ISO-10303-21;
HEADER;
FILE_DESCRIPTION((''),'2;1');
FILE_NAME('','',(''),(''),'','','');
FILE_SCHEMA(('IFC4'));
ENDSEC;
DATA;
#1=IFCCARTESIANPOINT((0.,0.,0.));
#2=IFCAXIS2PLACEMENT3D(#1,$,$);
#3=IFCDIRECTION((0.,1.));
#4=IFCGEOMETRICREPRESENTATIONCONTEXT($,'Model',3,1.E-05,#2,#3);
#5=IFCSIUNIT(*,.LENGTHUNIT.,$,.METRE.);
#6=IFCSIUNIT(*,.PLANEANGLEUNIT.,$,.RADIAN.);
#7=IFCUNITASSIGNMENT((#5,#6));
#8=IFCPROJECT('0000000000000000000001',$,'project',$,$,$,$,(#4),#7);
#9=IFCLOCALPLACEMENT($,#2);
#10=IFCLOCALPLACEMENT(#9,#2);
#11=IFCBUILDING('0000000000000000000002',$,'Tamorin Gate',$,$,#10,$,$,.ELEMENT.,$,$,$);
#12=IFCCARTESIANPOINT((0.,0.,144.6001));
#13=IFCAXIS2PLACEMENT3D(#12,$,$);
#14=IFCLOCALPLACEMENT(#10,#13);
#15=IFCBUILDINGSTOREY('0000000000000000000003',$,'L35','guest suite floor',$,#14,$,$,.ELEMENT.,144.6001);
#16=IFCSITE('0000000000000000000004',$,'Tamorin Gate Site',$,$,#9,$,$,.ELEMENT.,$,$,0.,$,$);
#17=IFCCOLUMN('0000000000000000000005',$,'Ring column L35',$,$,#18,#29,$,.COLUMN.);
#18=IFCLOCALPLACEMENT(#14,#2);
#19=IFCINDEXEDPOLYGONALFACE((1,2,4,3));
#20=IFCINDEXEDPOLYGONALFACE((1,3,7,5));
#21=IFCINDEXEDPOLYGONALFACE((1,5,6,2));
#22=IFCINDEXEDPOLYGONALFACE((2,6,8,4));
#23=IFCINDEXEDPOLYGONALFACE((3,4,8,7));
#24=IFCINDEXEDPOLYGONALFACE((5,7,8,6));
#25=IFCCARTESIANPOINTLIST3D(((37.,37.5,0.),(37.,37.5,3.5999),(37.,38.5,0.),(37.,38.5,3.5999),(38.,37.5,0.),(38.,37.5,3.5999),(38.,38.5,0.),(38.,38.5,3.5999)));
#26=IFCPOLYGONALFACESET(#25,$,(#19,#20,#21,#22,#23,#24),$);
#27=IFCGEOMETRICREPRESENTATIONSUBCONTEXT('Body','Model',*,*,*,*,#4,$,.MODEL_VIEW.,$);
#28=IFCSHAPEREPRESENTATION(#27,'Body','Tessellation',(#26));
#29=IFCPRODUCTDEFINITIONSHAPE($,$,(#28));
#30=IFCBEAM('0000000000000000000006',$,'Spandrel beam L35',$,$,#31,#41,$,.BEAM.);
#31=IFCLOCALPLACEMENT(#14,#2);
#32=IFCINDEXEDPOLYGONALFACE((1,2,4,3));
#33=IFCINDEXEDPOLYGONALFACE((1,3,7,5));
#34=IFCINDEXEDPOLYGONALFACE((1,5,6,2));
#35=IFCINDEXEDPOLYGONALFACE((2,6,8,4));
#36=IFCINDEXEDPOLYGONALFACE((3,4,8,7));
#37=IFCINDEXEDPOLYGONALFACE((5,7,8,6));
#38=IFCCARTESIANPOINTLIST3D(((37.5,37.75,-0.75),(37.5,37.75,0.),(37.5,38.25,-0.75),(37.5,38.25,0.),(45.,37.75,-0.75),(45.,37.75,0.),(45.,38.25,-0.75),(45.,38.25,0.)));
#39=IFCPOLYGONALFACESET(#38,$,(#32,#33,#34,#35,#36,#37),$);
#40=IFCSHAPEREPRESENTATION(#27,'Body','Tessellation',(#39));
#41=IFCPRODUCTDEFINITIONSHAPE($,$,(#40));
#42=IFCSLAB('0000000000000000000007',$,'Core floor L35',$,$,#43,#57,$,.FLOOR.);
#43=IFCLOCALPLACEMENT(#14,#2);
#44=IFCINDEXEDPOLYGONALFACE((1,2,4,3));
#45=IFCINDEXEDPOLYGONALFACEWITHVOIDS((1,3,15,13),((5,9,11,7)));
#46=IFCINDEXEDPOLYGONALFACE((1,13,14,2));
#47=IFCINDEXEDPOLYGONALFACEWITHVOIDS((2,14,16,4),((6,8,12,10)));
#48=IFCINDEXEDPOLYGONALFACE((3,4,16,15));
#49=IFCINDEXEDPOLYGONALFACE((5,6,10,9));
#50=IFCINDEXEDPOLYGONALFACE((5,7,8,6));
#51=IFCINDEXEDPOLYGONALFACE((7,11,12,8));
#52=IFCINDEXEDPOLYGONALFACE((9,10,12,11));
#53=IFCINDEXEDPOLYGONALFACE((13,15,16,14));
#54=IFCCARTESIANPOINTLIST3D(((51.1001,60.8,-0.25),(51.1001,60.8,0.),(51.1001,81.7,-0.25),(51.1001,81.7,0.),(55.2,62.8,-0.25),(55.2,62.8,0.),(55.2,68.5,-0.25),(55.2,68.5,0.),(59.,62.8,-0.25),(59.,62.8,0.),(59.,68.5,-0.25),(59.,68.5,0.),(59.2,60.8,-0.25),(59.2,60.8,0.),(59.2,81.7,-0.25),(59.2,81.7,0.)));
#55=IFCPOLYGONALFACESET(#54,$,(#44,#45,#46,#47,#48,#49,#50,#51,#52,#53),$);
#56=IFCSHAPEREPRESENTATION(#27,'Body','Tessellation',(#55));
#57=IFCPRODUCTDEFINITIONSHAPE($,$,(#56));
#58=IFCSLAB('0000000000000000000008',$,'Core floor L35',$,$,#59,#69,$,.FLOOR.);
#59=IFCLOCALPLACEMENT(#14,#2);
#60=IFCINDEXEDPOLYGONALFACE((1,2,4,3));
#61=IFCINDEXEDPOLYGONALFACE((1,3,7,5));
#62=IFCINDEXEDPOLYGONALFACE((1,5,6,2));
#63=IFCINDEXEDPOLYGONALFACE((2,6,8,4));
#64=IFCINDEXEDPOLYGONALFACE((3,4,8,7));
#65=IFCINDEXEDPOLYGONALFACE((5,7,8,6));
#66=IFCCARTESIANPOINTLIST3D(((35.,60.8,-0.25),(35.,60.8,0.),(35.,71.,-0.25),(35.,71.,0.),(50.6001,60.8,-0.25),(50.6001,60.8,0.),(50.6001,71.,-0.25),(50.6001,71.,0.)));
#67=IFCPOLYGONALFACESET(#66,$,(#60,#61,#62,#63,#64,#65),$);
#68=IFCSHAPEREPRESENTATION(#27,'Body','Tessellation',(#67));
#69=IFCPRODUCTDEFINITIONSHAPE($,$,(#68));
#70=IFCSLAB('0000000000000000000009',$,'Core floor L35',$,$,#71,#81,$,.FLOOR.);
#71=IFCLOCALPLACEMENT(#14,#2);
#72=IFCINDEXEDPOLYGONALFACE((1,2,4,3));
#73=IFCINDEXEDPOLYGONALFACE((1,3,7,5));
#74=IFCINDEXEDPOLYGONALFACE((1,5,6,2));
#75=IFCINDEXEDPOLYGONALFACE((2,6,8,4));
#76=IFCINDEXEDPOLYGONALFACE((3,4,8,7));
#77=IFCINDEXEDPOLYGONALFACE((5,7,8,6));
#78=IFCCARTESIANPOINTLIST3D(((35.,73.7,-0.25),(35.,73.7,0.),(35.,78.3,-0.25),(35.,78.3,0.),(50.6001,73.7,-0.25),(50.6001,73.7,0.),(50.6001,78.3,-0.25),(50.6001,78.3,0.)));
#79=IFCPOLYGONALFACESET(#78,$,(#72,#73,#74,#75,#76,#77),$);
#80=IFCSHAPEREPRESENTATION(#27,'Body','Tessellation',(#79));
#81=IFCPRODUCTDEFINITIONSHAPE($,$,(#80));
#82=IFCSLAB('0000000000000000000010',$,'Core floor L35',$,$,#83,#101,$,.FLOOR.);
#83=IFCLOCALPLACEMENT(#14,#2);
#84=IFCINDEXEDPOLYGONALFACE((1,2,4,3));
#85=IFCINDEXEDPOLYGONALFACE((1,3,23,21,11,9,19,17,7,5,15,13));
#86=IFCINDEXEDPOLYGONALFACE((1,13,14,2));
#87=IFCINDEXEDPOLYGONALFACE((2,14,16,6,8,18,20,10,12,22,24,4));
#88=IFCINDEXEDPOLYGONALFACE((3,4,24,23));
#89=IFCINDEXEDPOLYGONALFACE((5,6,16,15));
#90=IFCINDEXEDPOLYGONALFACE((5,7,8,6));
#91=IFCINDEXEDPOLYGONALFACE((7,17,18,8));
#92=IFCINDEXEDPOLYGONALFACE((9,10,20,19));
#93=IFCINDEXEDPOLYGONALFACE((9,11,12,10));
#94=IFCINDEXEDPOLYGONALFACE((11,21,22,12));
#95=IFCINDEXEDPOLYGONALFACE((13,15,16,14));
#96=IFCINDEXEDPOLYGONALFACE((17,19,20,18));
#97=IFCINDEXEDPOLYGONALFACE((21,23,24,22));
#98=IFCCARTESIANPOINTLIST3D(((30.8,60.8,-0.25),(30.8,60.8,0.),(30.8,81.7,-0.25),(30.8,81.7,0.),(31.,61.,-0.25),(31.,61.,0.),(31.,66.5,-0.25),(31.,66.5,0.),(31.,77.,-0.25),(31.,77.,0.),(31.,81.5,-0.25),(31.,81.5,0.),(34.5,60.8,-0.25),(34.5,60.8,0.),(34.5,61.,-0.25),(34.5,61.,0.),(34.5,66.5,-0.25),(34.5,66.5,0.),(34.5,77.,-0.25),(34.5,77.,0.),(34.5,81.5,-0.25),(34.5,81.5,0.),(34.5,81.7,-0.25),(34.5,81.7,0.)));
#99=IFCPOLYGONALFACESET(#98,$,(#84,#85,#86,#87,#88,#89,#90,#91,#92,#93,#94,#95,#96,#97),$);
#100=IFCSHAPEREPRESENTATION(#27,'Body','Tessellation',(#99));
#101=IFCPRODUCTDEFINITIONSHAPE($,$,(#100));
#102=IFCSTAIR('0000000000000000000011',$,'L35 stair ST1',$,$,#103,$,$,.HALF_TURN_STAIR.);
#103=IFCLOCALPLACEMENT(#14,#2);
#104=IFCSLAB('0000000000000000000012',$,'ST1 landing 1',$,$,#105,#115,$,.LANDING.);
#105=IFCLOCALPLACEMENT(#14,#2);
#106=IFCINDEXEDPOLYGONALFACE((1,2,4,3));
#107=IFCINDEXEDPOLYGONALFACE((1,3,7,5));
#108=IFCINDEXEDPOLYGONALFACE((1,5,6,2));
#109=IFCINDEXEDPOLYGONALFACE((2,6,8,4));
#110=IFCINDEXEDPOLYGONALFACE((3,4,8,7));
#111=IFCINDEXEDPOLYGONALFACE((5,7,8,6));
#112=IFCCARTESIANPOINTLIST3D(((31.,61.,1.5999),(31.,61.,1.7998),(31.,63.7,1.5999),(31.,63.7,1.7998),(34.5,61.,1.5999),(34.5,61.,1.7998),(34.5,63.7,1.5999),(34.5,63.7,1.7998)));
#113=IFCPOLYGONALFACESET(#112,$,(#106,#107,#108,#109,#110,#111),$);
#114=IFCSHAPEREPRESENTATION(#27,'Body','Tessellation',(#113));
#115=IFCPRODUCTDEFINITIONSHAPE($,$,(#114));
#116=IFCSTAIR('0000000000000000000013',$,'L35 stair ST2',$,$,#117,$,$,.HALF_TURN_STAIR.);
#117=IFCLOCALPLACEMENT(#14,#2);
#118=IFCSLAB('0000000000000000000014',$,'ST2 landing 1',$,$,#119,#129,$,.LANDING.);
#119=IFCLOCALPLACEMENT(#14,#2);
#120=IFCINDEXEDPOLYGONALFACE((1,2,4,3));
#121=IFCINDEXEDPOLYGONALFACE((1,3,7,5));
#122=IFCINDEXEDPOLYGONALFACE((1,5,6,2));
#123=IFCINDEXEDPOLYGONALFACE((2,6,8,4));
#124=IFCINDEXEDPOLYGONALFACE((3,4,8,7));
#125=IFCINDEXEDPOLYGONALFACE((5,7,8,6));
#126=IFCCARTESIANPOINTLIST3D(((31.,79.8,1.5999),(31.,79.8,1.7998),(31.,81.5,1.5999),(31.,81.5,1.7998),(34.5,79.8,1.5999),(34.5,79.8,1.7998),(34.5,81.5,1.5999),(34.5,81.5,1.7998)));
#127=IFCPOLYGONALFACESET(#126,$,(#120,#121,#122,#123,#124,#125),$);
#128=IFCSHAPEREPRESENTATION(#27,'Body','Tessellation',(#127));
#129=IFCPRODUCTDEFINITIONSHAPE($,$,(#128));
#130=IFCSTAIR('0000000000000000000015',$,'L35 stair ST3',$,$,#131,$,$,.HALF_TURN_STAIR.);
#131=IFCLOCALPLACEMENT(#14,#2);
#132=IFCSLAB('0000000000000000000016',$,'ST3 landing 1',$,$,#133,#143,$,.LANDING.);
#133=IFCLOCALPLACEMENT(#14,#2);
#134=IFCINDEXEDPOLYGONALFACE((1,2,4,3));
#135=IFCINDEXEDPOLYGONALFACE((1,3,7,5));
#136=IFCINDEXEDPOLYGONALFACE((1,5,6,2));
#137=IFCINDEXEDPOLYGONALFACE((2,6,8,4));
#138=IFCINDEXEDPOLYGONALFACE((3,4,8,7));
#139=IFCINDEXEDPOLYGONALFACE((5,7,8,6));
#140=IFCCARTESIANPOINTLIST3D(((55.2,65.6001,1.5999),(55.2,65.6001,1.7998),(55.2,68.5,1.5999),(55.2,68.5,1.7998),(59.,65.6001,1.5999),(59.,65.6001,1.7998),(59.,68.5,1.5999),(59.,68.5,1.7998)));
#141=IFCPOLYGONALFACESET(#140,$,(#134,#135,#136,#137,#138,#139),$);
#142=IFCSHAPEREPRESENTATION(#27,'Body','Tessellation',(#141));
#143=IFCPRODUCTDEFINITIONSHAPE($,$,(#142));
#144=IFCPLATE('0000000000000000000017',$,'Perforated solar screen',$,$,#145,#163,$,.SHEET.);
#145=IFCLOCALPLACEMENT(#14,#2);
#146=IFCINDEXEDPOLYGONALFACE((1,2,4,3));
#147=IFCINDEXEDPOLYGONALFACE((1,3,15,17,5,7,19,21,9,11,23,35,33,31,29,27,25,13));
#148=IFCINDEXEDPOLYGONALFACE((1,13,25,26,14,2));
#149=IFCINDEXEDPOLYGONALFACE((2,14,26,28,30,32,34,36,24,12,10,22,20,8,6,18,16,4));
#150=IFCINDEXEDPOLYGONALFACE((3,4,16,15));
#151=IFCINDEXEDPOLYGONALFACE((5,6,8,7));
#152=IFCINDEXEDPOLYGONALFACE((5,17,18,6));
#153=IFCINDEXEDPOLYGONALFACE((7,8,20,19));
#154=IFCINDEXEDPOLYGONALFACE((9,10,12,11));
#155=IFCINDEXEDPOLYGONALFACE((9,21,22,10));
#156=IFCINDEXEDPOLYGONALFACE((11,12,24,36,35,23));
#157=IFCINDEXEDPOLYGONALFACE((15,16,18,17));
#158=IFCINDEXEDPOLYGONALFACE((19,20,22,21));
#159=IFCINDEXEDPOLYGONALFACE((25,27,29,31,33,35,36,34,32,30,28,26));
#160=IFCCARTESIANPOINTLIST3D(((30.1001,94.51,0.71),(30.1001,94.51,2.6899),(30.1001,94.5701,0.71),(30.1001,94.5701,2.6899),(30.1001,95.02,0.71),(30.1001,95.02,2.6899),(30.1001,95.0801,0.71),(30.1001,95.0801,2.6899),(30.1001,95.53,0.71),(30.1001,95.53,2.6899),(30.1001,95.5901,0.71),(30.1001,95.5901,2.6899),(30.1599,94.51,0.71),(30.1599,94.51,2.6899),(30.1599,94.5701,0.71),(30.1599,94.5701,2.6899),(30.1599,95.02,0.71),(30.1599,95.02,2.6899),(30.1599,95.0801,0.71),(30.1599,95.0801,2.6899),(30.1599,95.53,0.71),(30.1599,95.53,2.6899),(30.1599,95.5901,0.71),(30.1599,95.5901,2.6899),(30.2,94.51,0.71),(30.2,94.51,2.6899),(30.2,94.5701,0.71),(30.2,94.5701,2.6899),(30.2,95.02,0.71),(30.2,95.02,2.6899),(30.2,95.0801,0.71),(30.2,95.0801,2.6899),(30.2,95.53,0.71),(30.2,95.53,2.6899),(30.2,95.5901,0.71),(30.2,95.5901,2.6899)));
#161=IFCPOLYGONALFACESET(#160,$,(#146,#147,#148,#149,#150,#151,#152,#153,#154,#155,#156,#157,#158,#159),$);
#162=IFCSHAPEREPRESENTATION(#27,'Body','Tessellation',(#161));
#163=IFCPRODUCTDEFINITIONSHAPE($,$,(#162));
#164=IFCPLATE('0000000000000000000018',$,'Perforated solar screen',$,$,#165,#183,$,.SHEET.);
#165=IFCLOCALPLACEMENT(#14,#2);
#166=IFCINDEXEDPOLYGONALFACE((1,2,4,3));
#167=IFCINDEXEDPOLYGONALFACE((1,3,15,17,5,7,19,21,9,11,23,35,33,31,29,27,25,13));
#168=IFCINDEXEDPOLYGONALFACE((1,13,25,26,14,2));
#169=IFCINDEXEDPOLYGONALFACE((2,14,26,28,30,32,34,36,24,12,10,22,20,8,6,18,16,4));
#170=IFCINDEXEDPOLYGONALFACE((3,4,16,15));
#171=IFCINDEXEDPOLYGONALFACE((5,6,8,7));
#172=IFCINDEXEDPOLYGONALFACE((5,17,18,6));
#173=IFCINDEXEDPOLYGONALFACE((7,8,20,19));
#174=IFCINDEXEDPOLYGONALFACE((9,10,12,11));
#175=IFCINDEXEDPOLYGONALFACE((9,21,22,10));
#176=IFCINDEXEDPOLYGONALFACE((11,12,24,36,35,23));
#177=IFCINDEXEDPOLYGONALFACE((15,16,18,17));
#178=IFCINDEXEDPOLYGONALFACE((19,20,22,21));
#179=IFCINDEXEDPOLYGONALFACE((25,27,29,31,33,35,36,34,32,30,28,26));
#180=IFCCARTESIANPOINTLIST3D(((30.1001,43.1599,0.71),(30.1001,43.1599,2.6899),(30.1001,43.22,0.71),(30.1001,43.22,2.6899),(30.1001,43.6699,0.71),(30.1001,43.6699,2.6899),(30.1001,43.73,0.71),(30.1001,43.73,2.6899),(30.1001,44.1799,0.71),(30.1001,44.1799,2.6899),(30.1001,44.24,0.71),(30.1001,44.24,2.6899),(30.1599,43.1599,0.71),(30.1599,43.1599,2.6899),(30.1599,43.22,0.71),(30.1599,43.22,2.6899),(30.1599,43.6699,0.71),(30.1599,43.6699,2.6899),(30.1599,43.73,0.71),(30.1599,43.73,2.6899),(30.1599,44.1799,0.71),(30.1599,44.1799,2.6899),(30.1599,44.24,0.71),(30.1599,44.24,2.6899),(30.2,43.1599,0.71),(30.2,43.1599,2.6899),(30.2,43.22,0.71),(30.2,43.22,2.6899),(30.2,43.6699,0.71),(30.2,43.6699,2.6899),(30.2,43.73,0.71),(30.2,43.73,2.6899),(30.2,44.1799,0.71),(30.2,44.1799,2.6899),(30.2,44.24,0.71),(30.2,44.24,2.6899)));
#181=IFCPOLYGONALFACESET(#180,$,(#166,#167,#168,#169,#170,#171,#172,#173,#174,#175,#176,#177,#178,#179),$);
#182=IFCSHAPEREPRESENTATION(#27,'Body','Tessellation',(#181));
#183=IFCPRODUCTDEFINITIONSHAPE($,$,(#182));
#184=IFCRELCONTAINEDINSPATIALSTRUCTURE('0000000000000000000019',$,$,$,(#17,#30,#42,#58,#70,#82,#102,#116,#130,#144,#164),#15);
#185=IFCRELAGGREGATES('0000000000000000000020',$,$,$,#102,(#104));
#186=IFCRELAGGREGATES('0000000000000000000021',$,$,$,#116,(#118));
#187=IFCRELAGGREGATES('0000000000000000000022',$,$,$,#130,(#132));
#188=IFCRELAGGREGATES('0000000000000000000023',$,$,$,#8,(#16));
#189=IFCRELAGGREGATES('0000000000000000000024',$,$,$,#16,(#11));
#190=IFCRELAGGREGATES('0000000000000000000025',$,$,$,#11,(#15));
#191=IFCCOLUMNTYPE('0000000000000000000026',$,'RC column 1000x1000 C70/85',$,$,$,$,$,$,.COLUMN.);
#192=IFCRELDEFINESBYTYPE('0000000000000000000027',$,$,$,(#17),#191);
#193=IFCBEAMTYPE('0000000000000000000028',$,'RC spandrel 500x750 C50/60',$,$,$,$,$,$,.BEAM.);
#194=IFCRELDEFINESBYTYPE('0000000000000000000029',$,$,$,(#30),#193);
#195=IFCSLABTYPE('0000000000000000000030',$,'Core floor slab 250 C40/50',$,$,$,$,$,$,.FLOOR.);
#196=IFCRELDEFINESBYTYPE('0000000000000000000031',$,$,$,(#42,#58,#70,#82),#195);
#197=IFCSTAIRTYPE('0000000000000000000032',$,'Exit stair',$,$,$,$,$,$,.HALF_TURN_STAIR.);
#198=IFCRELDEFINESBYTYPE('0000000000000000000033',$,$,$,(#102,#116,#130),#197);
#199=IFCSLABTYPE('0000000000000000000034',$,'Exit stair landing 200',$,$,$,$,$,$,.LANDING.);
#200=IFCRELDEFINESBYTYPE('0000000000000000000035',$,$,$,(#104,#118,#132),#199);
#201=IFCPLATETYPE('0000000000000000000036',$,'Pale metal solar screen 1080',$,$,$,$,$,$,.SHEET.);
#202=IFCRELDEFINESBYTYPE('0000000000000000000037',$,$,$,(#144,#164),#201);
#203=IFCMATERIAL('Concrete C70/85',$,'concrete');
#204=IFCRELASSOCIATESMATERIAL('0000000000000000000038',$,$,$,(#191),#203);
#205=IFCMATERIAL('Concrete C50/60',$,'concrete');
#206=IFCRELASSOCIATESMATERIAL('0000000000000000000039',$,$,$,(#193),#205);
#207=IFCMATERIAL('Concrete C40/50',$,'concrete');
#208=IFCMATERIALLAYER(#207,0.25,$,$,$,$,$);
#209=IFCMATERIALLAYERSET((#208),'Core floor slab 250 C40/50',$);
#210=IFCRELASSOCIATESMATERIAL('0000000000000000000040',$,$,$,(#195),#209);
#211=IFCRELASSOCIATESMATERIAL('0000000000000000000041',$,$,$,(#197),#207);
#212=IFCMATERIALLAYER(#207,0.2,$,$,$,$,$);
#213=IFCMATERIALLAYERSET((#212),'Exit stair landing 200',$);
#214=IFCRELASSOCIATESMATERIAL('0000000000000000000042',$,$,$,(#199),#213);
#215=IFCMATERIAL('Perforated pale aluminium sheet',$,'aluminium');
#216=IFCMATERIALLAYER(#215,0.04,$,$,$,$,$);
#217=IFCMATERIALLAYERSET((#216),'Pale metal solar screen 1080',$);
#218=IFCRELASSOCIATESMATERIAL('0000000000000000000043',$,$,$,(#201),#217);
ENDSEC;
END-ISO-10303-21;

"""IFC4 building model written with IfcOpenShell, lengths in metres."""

from ifc_helpers import new_model, si_unit, direction, frame, origin, origin_2d, place, context, subcontext, project, spatial, polyline, rectangle, outline, extrude, material, layer, layer_set, material_profile, profile_set, type_object, element, aggregate, save


model = new_model("IFC4")

# Units and contexts
model_context = context("Model", 3, precision=1e-05, world=origin(), true_north=direction((0.0, 1.0)))
body_context = subcontext(model_context, "Body", "Model", "MODEL_VIEW")
ifc_project = project(units=[si_unit("LENGTHUNIT", "METRE"), si_unit("PLANEANGLEUNIT", "RADIAN")], contexts=[model_context])

# Site, building, storey
site_placement = place(None, origin())
site = spatial("IfcSite", under=ifc_project, at=site_placement, Name="Tamorin Gate Site", CompositionType="ELEMENT", RefElevation=0.0)
building_placement = place(site_placement, origin())
building = spatial("IfcBuilding", under=site, at=building_placement, Name="Tamorin Gate", CompositionType="ELEMENT")
storey_placement = place(building_placement, frame((0.0, 0.0, 144.6001)))
storey = spatial("IfcBuildingStorey", under=building, at=storey_placement, Name="L35", Description="guest suite floor", CompositionType="ELEMENT", Elevation=144.6001)

# Column
ifc_material_1 = material(Name="Concrete C70/85", Category="concrete")
ifc_material_profile_1 = material_profile(ifc_material_1, rectangle(XDim=1.0, YDim=1.0, at=origin_2d()), Name="RC 1000x1000")
ifc_profile_set_1 = profile_set([ifc_material_profile_1], Name="Concrete C70/85")
column_type = type_object("IfcColumnType", Name="RC column 1000x1000 C70/85", PredefinedType="COLUMN", material=ifc_profile_set_1)
column_placement = place(storey_placement, frame((37.5, 38.0, 0.0), z_axis=(0.0, 0.0, 1.0), x_axis=(1.0, 0.0, 0.0)))
element("IfcColumn", 1, at=column_placement, inside=storey, type_object=column_type, Name="Ring column L35", PredefinedType="COLUMN", context=body_context, shape_type="SweptSolid", body=[
    extrude(rectangle(XDim=1.0, YDim=1.0, at=origin_2d()), origin(), (0.0, 0.0, 1.0), 3.5999),
])

# Beam
ifc_material_2 = material(Name="Concrete C50/60", Category="concrete")
ifc_material_profile_2 = material_profile(ifc_material_2, rectangle(XDim=0.5, YDim=0.75, at=origin_2d()), Name="RC 500x750")
ifc_profile_set_2 = profile_set([ifc_material_profile_2], Name="Concrete C50/60")
beam_type = type_object("IfcBeamType", Name="RC spandrel 500x750 C50/60", PredefinedType="BEAM", material=ifc_profile_set_2)
beam_placement = place(storey_placement, frame((37.5, 38.0, -0.375), z_axis=(1.0, 0.0, 0.0), x_axis=(0.0, 1.0, 0.0)))
element("IfcBeam", 2, at=beam_placement, inside=storey, type_object=beam_type, Name="Spandrel beam L35", PredefinedType="BEAM", context=body_context, shape_type="SweptSolid", body=[
    extrude(rectangle(XDim=0.5, YDim=0.75, at=origin_2d()), origin(), (0.0, 0.0, 1.0), 7.5),
])

# Slabs
ifc_material_3 = material(Name="Concrete C40/50", Category="concrete")
ifc_layer_1 = layer(ifc_material_3, 0.25)
ifc_layer_set_1 = layer_set([ifc_layer_1], Name="Core floor slab 250 C40/50")
slab_type_1 = type_object("IfcSlabType", Name="Core floor slab 250 C40/50", PredefinedType="FLOOR", material=ifc_layer_set_1)
slab_1_placement = place(storey_placement, frame((0.0, 0.0, -0.25)))
element("IfcSlab", 3, at=slab_1_placement, inside=storey, type_object=slab_type_1, Name="Core floor L35", PredefinedType="FLOOR", context=body_context, shape_type="SweptSolid", body=[
    extrude(outline(polyline([(51.1001, 81.7), (59.2, 81.7), (59.2, 60.8), (51.1001, 60.8), (51.1001, 81.7)]), holes=[polyline([(55.2, 62.8), (59.0, 62.8), (59.0, 68.5), (55.2, 68.5), (55.2, 62.8)])]), origin(), (0.0, 0.0, 1.0), 0.25),
])
slab_2_placement = place(storey_placement, frame((0.0, 0.0, -0.25)))
element("IfcSlab", 4, at=slab_2_placement, inside=storey, type_object=slab_type_1, Name="Core floor L35", PredefinedType="FLOOR", context=body_context, shape_type="SweptSolid", body=[
    extrude(outline(polyline([(50.6001, 71.0), (50.6001, 60.8), (35.0, 60.8), (35.0, 71.0), (50.6001, 71.0)])), origin(), (0.0, 0.0, 1.0), 0.25),
])
slab_3_placement = place(storey_placement, frame((0.0, 0.0, -0.25)))
element("IfcSlab", 5, at=slab_3_placement, inside=storey, type_object=slab_type_1, Name="Core floor L35", PredefinedType="FLOOR", context=body_context, shape_type="SweptSolid", body=[
    extrude(outline(polyline([(50.6001, 73.7), (35.0, 73.7), (35.0, 78.3), (50.6001, 78.3), (50.6001, 73.7)])), origin(), (0.0, 0.0, 1.0), 0.25),
])
slab_4_placement = place(storey_placement, frame((0.0, 0.0, -0.25)))
element("IfcSlab", 6, at=slab_4_placement, inside=storey, type_object=slab_type_1, Name="Core floor L35", PredefinedType="FLOOR", context=body_context, shape_type="SweptSolid", body=[
    extrude(outline(polyline([(34.5, 60.8), (30.8, 60.8), (30.8, 81.7), (34.5, 81.7), (34.5, 81.5), (31.0, 81.5), (31.0, 77.0), (34.5, 77.0), (34.5, 66.5), (31.0, 66.5), (31.0, 61.0), (34.5, 61.0), (34.5, 60.8)])), origin(), (0.0, 0.0, 1.0), 0.25),
])

# Stairs, slabs
stair_type = type_object("IfcStairType", Name="Exit stair", PredefinedType="HALF_TURN_STAIR", material=ifc_material_3)
stair_1_placement = place(storey_placement, origin())
stair_1 = element("IfcStair", 7, at=stair_1_placement, inside=storey, type_object=stair_type, Name="L35 stair ST1", PredefinedType="HALF_TURN_STAIR")
ifc_layer_2 = layer(ifc_material_3, 0.2)
ifc_layer_set_2 = layer_set([ifc_layer_2], Name="Exit stair landing 200")
slab_type_2 = type_object("IfcSlabType", Name="Exit stair landing 200", PredefinedType="LANDING", material=ifc_layer_set_2)
slab_5_placement = place(storey_placement, frame((0.0, 0.0, 1.5999)))
slab_5 = element("IfcSlab", 8, at=slab_5_placement, type_object=slab_type_2, Name="ST1 landing 1", PredefinedType="LANDING", context=body_context, shape_type="SweptSolid", body=[
    extrude(outline(polyline([(31.0, 63.7), (31.0, 61.0), (34.5, 61.0), (34.5, 63.7), (31.0, 63.7)])), origin(), (0.0, 0.0, 1.0), 0.2),
])
aggregate(stair_1, [slab_5])
stair_2_placement = place(storey_placement, origin())
stair_2 = element("IfcStair", 9, at=stair_2_placement, inside=storey, type_object=stair_type, Name="L35 stair ST2", PredefinedType="HALF_TURN_STAIR")
slab_6_placement = place(storey_placement, frame((0.0, 0.0, 1.5999)))
slab_6 = element("IfcSlab", 10, at=slab_6_placement, type_object=slab_type_2, Name="ST2 landing 1", PredefinedType="LANDING", context=body_context, shape_type="SweptSolid", body=[
    extrude(outline(polyline([(34.5, 79.8), (34.5, 81.5), (31.0, 81.5), (31.0, 79.8), (34.5, 79.8)])), origin(), (0.0, 0.0, 1.0), 0.2),
])
aggregate(stair_2, [slab_6])
stair_3_placement = place(storey_placement, origin())
stair_3 = element("IfcStair", 11, at=stair_3_placement, inside=storey, type_object=stair_type, Name="L35 stair ST3", PredefinedType="HALF_TURN_STAIR")
slab_7_placement = place(storey_placement, frame((0.0, 0.0, 1.5999)))
slab_7 = element("IfcSlab", 12, at=slab_7_placement, type_object=slab_type_2, Name="ST3 landing 1", PredefinedType="LANDING", context=body_context, shape_type="SweptSolid", body=[
    extrude(outline(polyline([(59.0, 65.6001), (59.0, 68.5), (55.2, 68.5), (55.2, 65.6001), (59.0, 65.6001)])), origin(), (0.0, 0.0, 1.0), 0.2),
])
aggregate(stair_3, [slab_7])

# Plates
ifc_material_4 = material(Name="Perforated pale aluminium sheet", Category="aluminium")
ifc_layer_3 = layer(ifc_material_4, 0.04)
ifc_layer_set_3 = layer_set([ifc_layer_3], Name="Pale metal solar screen 1080")
plate_type_1 = type_object("IfcPlateType", Name="Pale metal solar screen 1080", PredefinedType="SHEET", material=ifc_layer_set_3)
plate_1_placement = place(storey_placement, frame((0.0, 0.0, 0.71)))
element("IfcPlate", 13, at=plate_1_placement, inside=storey, type_object=plate_type_1, Name="Perforated solar screen", PredefinedType="SHEET", context=body_context, shape_type="SweptSolid", body=[
    extrude(outline(polyline([(30.1599, 95.5901), (30.2, 95.5901), (30.2, 95.53), (30.2, 95.0801), (30.2, 95.02), (30.2, 94.5701), (30.2, 94.51), (30.1599, 94.51), (30.1001, 94.51), (30.1001, 94.5701), (30.1599, 94.5701), (30.1599, 95.02), (30.1001, 95.02), (30.1001, 95.0801), (30.1599, 95.0801), (30.1599, 95.53), (30.1001, 95.53), (30.1001, 95.5901), (30.1599, 95.5901)])), origin(), (0.0, 0.0, 1.0), 1.98),
])
plate_2_placement = place(storey_placement, frame((0.0, 0.0, 0.71)))
element("IfcPlate", 14, at=plate_2_placement, inside=storey, type_object=plate_type_1, Name="Perforated solar screen", PredefinedType="SHEET", context=body_context, shape_type="SweptSolid", body=[
    extrude(outline(polyline([(30.1599, 44.24), (30.2, 44.24), (30.2, 44.1799), (30.2, 43.73), (30.2, 43.6699), (30.2, 43.22), (30.2, 43.1599), (30.1599, 43.1599), (30.1001, 43.1599), (30.1001, 43.22), (30.1599, 43.22), (30.1599, 43.6699), (30.1001, 43.6699), (30.1001, 43.73), (30.1599, 43.73), (30.1599, 44.1799), (30.1001, 44.1799), (30.1001, 44.24), (30.1599, 44.24)])), origin(), (0.0, 0.0, 1.0), 1.98),
])

save(model, "model.ifc")
